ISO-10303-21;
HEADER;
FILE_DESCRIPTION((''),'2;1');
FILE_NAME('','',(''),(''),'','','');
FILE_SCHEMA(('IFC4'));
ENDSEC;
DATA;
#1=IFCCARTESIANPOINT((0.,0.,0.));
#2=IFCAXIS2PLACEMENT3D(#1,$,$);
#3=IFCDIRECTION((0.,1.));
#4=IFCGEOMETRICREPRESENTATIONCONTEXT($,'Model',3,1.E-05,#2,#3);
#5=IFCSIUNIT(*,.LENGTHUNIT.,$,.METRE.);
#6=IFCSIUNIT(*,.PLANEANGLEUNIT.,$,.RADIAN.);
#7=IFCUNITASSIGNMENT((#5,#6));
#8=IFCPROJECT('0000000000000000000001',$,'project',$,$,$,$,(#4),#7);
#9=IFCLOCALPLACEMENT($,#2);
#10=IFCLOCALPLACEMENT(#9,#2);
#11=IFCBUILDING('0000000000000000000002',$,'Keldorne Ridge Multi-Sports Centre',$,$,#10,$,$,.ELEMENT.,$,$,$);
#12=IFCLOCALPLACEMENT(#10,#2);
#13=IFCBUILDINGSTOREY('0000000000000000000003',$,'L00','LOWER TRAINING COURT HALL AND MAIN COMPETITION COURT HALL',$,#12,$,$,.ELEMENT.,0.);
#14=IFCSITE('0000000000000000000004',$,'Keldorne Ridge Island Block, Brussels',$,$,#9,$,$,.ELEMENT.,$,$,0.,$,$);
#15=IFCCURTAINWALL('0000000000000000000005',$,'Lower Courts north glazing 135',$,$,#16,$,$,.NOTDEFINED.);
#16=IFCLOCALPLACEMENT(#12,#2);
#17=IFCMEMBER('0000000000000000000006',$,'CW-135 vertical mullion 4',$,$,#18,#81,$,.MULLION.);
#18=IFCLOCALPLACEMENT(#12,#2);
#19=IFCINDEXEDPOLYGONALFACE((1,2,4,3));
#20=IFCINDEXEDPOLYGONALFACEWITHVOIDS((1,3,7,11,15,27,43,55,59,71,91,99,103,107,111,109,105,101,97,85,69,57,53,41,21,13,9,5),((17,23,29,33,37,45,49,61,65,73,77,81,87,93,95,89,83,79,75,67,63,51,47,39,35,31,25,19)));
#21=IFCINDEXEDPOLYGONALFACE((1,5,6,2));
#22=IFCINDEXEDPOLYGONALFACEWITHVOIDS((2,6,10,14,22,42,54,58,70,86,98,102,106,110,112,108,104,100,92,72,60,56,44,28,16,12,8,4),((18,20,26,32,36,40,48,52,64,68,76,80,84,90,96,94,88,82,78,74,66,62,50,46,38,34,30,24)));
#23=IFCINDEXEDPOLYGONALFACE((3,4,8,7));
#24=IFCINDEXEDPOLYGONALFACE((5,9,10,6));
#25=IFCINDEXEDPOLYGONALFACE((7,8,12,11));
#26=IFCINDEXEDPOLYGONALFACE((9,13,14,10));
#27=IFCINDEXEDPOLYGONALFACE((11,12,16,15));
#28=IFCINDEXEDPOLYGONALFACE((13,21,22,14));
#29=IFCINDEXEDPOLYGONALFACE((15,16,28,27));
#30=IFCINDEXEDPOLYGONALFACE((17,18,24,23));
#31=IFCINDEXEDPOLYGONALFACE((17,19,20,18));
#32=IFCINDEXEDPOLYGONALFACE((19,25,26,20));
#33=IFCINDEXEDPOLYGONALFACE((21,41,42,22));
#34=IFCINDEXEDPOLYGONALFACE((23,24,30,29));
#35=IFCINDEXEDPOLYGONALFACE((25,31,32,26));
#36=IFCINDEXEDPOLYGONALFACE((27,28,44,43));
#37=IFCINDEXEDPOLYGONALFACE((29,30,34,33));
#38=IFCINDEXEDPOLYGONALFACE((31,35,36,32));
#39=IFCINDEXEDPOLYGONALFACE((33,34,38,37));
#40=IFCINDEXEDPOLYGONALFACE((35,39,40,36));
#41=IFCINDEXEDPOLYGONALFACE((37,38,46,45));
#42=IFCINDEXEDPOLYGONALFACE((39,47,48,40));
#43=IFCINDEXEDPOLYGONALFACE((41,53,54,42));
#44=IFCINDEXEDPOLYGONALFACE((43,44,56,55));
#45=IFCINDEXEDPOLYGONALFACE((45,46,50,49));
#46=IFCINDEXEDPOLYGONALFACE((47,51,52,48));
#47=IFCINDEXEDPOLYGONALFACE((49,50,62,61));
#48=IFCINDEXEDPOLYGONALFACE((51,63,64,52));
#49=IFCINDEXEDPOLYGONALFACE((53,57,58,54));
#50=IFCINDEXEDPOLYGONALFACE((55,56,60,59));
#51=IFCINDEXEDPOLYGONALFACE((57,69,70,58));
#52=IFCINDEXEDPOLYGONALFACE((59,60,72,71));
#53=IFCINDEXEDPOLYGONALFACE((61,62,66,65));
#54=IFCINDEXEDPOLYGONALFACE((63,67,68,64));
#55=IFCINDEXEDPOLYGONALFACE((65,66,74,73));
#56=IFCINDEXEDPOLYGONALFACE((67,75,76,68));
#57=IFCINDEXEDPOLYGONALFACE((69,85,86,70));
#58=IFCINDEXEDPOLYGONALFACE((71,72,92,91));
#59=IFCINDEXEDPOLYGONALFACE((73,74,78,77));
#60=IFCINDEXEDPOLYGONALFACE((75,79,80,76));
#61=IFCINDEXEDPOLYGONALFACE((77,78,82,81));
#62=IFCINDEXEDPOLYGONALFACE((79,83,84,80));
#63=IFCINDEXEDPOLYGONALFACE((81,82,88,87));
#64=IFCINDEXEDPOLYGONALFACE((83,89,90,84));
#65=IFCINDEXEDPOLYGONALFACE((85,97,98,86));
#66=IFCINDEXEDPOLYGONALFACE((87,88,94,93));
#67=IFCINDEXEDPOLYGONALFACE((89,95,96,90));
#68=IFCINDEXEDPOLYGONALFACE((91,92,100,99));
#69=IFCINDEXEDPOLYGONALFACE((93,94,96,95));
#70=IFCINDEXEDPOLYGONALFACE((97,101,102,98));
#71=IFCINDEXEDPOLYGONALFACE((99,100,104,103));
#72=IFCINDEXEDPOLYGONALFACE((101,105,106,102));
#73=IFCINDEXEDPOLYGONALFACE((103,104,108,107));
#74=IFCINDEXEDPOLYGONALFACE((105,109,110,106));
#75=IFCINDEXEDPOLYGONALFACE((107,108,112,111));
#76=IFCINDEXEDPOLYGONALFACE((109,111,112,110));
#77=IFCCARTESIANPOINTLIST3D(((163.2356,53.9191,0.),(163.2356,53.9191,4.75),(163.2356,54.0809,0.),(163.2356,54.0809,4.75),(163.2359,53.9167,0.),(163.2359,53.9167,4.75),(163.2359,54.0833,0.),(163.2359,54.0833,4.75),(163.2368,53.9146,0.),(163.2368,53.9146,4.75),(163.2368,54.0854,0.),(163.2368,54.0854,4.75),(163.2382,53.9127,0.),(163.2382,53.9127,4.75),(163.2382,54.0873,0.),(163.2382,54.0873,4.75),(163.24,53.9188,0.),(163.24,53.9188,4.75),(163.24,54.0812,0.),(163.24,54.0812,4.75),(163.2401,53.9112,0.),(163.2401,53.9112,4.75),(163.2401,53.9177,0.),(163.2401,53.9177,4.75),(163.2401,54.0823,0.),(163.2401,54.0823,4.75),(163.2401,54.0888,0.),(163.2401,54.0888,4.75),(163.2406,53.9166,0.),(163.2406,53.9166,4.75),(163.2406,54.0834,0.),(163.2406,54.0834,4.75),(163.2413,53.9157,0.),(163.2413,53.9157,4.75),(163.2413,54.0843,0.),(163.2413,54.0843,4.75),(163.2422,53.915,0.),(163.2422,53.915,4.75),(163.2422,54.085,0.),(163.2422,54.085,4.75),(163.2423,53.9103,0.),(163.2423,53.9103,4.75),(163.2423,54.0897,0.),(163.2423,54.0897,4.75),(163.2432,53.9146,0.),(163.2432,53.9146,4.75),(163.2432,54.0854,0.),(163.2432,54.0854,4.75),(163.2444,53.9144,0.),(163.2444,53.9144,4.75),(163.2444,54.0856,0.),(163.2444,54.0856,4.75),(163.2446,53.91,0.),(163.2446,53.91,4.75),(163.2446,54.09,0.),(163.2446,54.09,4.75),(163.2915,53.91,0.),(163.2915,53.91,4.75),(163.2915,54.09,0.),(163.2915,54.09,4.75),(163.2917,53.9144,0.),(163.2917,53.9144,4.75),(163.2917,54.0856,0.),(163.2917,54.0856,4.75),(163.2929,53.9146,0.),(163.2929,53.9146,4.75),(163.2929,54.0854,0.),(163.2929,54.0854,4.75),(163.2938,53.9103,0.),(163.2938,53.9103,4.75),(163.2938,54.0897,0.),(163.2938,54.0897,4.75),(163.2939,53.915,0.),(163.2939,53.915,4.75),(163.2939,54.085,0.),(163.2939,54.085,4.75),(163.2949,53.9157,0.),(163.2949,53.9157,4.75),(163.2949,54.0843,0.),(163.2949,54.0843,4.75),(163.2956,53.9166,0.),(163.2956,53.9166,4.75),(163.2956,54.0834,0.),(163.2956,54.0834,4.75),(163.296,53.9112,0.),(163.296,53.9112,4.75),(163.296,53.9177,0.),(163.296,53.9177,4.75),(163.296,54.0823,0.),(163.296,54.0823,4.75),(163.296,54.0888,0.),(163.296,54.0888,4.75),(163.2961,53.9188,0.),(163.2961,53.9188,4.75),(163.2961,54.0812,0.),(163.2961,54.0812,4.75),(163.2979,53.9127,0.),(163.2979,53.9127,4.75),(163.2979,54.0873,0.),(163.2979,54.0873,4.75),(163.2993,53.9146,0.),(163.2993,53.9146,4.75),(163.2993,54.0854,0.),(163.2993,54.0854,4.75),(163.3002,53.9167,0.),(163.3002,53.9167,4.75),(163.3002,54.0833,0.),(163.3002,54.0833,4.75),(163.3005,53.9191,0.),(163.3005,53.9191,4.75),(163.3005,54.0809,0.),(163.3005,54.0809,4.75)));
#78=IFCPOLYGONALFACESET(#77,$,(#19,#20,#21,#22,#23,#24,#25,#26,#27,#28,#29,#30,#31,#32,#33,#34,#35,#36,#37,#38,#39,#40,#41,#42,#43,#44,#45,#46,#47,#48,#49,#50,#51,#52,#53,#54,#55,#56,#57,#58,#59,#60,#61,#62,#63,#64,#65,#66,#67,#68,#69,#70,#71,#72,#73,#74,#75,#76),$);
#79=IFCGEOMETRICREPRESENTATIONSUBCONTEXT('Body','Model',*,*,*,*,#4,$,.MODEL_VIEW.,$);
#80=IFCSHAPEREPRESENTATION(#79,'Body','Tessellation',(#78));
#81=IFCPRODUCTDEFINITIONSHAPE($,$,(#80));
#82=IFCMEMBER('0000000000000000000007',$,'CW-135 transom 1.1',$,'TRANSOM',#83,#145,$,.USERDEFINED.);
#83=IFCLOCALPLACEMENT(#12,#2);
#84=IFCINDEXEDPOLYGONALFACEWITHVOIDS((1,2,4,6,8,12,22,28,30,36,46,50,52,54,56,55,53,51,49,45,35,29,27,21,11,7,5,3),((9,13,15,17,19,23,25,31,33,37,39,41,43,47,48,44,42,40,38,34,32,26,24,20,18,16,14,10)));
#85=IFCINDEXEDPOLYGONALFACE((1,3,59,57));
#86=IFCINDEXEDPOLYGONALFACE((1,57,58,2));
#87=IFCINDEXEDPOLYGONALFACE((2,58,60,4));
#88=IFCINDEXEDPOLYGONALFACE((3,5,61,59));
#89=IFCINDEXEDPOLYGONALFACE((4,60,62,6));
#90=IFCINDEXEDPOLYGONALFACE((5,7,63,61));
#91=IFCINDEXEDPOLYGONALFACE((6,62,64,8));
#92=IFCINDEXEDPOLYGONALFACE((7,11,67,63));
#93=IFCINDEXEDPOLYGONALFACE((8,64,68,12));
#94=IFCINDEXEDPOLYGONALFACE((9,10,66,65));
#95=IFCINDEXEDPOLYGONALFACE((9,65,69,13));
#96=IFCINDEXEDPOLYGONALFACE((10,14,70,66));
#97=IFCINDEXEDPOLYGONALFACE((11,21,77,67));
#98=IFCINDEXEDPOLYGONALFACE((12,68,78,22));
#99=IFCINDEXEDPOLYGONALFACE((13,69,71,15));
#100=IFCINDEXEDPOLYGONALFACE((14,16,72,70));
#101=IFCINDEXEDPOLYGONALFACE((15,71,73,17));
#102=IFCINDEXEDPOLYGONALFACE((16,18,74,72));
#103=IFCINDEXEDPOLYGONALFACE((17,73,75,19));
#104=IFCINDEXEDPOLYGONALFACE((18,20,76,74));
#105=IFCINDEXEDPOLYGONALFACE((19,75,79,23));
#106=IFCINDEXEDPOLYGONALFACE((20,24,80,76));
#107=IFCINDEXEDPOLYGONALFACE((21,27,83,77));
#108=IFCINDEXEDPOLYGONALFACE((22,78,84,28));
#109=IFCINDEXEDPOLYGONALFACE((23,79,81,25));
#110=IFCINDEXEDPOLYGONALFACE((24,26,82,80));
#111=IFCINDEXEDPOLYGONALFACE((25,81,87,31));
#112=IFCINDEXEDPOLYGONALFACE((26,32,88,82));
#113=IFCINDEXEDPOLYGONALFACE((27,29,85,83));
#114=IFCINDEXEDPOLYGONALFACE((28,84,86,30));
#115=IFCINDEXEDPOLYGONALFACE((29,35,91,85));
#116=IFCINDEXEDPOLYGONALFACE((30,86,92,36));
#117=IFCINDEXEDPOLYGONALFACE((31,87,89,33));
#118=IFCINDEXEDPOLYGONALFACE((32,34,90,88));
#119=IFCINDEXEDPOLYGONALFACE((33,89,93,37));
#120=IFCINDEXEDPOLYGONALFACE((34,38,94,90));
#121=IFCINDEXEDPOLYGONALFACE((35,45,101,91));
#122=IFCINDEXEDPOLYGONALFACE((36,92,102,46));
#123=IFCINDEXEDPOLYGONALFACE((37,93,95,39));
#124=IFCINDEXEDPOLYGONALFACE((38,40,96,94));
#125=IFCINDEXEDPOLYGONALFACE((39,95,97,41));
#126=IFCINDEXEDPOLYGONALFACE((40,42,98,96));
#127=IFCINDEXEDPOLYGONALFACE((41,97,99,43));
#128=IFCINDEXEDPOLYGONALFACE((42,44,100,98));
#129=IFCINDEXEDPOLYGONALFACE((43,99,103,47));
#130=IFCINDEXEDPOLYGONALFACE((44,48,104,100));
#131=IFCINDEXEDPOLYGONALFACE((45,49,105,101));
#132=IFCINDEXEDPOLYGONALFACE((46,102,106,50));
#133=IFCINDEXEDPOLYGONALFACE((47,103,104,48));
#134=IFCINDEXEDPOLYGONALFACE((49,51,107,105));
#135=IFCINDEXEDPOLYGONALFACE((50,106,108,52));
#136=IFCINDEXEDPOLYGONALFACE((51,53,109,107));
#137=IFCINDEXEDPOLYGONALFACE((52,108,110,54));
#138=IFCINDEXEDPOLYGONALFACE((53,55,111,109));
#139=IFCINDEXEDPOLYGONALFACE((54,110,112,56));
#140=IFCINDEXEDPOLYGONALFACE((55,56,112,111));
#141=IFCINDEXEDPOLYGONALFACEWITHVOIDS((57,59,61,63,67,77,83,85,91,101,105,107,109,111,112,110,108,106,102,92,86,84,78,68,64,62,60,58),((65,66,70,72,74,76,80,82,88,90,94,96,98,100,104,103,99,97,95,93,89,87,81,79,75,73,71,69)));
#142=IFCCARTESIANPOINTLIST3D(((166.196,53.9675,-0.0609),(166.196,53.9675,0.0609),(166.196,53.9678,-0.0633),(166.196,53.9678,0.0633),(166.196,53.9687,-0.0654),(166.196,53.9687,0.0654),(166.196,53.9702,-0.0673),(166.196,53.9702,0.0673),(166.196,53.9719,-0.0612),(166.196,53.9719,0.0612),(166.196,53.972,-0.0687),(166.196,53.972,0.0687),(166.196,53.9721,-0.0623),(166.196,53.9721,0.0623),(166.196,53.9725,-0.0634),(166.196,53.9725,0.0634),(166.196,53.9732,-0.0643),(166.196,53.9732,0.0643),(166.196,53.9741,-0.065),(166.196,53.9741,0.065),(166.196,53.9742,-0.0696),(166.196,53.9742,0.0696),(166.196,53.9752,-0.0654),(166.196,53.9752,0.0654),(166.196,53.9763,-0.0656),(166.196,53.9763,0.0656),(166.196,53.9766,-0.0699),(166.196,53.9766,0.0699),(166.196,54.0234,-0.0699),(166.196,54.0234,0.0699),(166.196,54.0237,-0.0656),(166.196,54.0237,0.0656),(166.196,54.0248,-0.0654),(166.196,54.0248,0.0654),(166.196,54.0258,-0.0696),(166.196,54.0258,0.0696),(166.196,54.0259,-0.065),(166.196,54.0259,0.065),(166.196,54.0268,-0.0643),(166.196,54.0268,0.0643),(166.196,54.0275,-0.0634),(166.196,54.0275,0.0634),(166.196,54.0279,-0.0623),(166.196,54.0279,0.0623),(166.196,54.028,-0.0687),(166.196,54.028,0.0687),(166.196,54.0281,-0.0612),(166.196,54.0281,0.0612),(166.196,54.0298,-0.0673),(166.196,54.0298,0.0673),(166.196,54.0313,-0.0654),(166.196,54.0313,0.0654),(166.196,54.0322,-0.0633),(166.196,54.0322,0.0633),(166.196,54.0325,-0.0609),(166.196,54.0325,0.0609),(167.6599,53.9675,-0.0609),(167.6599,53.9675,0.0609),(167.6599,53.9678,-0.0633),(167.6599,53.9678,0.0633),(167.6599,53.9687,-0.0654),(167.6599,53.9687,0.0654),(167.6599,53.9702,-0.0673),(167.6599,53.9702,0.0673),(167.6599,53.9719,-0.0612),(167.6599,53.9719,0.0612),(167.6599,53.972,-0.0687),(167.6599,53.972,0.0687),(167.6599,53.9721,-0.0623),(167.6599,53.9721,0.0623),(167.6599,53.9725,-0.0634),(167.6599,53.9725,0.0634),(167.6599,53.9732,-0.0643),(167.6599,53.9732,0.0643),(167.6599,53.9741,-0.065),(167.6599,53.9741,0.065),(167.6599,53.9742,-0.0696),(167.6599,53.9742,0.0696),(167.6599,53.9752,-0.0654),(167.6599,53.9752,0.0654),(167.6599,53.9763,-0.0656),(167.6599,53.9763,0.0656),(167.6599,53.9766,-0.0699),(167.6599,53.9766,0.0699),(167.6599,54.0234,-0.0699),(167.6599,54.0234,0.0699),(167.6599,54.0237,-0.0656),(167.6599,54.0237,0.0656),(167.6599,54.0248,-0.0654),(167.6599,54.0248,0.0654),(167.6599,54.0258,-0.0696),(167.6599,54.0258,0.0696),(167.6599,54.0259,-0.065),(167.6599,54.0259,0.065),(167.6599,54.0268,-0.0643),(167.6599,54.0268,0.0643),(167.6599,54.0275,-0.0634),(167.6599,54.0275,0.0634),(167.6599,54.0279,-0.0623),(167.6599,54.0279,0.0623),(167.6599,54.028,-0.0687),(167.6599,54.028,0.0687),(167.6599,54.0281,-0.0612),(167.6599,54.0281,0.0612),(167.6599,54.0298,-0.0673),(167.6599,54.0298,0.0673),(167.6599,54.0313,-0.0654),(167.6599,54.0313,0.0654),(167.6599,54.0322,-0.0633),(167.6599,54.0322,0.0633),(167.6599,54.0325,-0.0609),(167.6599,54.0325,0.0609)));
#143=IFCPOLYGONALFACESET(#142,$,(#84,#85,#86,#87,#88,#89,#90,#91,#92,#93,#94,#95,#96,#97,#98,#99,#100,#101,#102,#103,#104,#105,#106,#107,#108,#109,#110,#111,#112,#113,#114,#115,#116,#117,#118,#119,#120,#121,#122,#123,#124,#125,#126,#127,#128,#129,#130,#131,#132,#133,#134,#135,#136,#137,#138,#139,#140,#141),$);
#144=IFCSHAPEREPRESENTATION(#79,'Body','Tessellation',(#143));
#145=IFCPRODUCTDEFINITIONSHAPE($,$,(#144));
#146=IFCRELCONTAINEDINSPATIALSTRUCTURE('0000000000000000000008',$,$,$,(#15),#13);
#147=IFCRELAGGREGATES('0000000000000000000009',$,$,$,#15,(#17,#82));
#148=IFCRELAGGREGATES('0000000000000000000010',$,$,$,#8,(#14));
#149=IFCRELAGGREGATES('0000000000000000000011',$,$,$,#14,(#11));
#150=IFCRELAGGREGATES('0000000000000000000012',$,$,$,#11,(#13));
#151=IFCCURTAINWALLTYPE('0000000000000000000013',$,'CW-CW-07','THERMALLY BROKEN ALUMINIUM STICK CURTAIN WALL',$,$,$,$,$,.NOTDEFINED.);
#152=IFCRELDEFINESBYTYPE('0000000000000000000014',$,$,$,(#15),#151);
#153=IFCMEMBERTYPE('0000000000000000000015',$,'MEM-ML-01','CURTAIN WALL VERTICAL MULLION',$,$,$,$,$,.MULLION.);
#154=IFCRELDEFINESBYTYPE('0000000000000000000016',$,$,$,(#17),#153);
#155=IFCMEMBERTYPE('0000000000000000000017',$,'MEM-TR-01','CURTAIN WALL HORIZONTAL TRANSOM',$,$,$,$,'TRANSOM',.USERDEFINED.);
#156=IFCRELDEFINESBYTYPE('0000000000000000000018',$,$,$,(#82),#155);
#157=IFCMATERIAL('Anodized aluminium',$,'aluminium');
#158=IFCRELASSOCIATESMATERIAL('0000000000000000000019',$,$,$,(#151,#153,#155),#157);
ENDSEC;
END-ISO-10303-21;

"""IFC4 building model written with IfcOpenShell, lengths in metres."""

from ifc_helpers import new_model, si_unit, direction, frame, origin, origin_2d, place, context, subcontext, project, spatial, hollow_rectangle, extrude, material, material_profile, profile_set, type_object, element, aggregate, save


model = new_model("IFC4")

# Units and contexts
model_context = context("Model", 3, precision=1e-05, world=origin(), true_north=direction((0.0, 1.0)))
body_context = subcontext(model_context, "Body", "Model", "MODEL_VIEW")
ifc_project = project(units=[si_unit("LENGTHUNIT", "METRE"), si_unit("PLANEANGLEUNIT", "RADIAN")], contexts=[model_context])

# Site, building, storey
site_placement = place(None, origin())
site = spatial("IfcSite", under=ifc_project, at=site_placement, Name="Keldorne Ridge Island Block, Brussels", CompositionType="ELEMENT", RefElevation=0.0)
building_placement = place(site_placement, origin())
building = spatial("IfcBuilding", under=site, at=building_placement, Name="Keldorne Ridge Multi-Sports Centre", CompositionType="ELEMENT")
storey_placement = place(building_placement, origin())
storey = spatial("IfcBuildingStorey", under=building, at=storey_placement, Name="L00", Description="LOWER TRAINING COURT HALL AND MAIN COMPETITION COURT HALL", CompositionType="ELEMENT", Elevation=0.0)

# Curtain wall, members
ifc_material_1 = material(Name="Anodized aluminium", Category="aluminium")
curtain_wall_type = type_object("IfcCurtainWallType", Name="CW-CW-07", Description="THERMALLY BROKEN ALUMINIUM STICK CURTAIN WALL", PredefinedType="NOTDEFINED", material=ifc_material_1)
curtain_wall_placement = place(storey_placement, origin())
curtain_wall = element("IfcCurtainWall", 1, at=curtain_wall_placement, inside=storey, type_object=curtain_wall_type, Name="Lower Courts north glazing 135", PredefinedType="NOTDEFINED")
ifc_material_profile_1 = material_profile(ifc_material_1, hollow_rectangle(XDim=0.0649, YDim=0.1799, WallThickness=0.0044, InnerFilletRadius=0.0044, OuterFilletRadius=0.009, at=origin_2d()), Name="ALU MULLION 180x65x4.5")
ifc_profile_set_1 = profile_set([ifc_material_profile_1], Name="Anodized aluminium")
member_type_1 = type_object("IfcMemberType", Name="MEM-ML-01", Description="CURTAIN WALL VERTICAL MULLION", PredefinedType="MULLION", material=ifc_profile_set_1)
member_1_placement = place(storey_placement, frame((163.2681, 54.0, 0.0), z_axis=(0.0, 0.0, 1.0), x_axis=(1.0, 0.0, 0.0)))
member_1 = element("IfcMember", 2, at=member_1_placement, type_object=member_type_1, Name="CW-135 vertical mullion 4", PredefinedType="MULLION", context=body_context, shape_type="SweptSolid", body=[
    extrude(hollow_rectangle(XDim=0.0649, YDim=0.1799, WallThickness=0.0044, InnerFilletRadius=0.0044, OuterFilletRadius=0.009, at=origin_2d()), origin(), (0.0, 0.0, 1.0), 4.75),
])
ifc_material_profile_2 = material_profile(ifc_material_1, hollow_rectangle(XDim=0.0649, YDim=0.1399, WallThickness=0.0044, InnerFilletRadius=0.0044, OuterFilletRadius=0.009, at=origin_2d()), Name="ALU TRANSOM 140x65x4.5")
ifc_profile_set_2 = profile_set([ifc_material_profile_2], Name="Anodized aluminium")
member_type_2 = type_object("IfcMemberType", Name="MEM-TR-01", Description="CURTAIN WALL HORIZONTAL TRANSOM", ElementType="TRANSOM", PredefinedType="USERDEFINED", material=ifc_profile_set_2)
member_2_placement = place(storey_placement, frame((167.6599, 54.0, 0.0), z_axis=(-1.0, 0.0, 0.0), x_axis=(0.0, -1.0, 0.0)))
member_2 = element("IfcMember", 3, at=member_2_placement, type_object=member_type_2, Name="CW-135 transom 1.1", ObjectType="TRANSOM", PredefinedType="USERDEFINED", context=body_context, shape_type="SweptSolid", body=[
    extrude(hollow_rectangle(XDim=0.0649, YDim=0.1399, WallThickness=0.0044, InnerFilletRadius=0.0044, OuterFilletRadius=0.009, at=origin_2d()), origin(), (0.0, 0.0, 1.0), 1.4639),
])
aggregate(curtain_wall, [member_1, member_2])

save(model, "model.ifc")
